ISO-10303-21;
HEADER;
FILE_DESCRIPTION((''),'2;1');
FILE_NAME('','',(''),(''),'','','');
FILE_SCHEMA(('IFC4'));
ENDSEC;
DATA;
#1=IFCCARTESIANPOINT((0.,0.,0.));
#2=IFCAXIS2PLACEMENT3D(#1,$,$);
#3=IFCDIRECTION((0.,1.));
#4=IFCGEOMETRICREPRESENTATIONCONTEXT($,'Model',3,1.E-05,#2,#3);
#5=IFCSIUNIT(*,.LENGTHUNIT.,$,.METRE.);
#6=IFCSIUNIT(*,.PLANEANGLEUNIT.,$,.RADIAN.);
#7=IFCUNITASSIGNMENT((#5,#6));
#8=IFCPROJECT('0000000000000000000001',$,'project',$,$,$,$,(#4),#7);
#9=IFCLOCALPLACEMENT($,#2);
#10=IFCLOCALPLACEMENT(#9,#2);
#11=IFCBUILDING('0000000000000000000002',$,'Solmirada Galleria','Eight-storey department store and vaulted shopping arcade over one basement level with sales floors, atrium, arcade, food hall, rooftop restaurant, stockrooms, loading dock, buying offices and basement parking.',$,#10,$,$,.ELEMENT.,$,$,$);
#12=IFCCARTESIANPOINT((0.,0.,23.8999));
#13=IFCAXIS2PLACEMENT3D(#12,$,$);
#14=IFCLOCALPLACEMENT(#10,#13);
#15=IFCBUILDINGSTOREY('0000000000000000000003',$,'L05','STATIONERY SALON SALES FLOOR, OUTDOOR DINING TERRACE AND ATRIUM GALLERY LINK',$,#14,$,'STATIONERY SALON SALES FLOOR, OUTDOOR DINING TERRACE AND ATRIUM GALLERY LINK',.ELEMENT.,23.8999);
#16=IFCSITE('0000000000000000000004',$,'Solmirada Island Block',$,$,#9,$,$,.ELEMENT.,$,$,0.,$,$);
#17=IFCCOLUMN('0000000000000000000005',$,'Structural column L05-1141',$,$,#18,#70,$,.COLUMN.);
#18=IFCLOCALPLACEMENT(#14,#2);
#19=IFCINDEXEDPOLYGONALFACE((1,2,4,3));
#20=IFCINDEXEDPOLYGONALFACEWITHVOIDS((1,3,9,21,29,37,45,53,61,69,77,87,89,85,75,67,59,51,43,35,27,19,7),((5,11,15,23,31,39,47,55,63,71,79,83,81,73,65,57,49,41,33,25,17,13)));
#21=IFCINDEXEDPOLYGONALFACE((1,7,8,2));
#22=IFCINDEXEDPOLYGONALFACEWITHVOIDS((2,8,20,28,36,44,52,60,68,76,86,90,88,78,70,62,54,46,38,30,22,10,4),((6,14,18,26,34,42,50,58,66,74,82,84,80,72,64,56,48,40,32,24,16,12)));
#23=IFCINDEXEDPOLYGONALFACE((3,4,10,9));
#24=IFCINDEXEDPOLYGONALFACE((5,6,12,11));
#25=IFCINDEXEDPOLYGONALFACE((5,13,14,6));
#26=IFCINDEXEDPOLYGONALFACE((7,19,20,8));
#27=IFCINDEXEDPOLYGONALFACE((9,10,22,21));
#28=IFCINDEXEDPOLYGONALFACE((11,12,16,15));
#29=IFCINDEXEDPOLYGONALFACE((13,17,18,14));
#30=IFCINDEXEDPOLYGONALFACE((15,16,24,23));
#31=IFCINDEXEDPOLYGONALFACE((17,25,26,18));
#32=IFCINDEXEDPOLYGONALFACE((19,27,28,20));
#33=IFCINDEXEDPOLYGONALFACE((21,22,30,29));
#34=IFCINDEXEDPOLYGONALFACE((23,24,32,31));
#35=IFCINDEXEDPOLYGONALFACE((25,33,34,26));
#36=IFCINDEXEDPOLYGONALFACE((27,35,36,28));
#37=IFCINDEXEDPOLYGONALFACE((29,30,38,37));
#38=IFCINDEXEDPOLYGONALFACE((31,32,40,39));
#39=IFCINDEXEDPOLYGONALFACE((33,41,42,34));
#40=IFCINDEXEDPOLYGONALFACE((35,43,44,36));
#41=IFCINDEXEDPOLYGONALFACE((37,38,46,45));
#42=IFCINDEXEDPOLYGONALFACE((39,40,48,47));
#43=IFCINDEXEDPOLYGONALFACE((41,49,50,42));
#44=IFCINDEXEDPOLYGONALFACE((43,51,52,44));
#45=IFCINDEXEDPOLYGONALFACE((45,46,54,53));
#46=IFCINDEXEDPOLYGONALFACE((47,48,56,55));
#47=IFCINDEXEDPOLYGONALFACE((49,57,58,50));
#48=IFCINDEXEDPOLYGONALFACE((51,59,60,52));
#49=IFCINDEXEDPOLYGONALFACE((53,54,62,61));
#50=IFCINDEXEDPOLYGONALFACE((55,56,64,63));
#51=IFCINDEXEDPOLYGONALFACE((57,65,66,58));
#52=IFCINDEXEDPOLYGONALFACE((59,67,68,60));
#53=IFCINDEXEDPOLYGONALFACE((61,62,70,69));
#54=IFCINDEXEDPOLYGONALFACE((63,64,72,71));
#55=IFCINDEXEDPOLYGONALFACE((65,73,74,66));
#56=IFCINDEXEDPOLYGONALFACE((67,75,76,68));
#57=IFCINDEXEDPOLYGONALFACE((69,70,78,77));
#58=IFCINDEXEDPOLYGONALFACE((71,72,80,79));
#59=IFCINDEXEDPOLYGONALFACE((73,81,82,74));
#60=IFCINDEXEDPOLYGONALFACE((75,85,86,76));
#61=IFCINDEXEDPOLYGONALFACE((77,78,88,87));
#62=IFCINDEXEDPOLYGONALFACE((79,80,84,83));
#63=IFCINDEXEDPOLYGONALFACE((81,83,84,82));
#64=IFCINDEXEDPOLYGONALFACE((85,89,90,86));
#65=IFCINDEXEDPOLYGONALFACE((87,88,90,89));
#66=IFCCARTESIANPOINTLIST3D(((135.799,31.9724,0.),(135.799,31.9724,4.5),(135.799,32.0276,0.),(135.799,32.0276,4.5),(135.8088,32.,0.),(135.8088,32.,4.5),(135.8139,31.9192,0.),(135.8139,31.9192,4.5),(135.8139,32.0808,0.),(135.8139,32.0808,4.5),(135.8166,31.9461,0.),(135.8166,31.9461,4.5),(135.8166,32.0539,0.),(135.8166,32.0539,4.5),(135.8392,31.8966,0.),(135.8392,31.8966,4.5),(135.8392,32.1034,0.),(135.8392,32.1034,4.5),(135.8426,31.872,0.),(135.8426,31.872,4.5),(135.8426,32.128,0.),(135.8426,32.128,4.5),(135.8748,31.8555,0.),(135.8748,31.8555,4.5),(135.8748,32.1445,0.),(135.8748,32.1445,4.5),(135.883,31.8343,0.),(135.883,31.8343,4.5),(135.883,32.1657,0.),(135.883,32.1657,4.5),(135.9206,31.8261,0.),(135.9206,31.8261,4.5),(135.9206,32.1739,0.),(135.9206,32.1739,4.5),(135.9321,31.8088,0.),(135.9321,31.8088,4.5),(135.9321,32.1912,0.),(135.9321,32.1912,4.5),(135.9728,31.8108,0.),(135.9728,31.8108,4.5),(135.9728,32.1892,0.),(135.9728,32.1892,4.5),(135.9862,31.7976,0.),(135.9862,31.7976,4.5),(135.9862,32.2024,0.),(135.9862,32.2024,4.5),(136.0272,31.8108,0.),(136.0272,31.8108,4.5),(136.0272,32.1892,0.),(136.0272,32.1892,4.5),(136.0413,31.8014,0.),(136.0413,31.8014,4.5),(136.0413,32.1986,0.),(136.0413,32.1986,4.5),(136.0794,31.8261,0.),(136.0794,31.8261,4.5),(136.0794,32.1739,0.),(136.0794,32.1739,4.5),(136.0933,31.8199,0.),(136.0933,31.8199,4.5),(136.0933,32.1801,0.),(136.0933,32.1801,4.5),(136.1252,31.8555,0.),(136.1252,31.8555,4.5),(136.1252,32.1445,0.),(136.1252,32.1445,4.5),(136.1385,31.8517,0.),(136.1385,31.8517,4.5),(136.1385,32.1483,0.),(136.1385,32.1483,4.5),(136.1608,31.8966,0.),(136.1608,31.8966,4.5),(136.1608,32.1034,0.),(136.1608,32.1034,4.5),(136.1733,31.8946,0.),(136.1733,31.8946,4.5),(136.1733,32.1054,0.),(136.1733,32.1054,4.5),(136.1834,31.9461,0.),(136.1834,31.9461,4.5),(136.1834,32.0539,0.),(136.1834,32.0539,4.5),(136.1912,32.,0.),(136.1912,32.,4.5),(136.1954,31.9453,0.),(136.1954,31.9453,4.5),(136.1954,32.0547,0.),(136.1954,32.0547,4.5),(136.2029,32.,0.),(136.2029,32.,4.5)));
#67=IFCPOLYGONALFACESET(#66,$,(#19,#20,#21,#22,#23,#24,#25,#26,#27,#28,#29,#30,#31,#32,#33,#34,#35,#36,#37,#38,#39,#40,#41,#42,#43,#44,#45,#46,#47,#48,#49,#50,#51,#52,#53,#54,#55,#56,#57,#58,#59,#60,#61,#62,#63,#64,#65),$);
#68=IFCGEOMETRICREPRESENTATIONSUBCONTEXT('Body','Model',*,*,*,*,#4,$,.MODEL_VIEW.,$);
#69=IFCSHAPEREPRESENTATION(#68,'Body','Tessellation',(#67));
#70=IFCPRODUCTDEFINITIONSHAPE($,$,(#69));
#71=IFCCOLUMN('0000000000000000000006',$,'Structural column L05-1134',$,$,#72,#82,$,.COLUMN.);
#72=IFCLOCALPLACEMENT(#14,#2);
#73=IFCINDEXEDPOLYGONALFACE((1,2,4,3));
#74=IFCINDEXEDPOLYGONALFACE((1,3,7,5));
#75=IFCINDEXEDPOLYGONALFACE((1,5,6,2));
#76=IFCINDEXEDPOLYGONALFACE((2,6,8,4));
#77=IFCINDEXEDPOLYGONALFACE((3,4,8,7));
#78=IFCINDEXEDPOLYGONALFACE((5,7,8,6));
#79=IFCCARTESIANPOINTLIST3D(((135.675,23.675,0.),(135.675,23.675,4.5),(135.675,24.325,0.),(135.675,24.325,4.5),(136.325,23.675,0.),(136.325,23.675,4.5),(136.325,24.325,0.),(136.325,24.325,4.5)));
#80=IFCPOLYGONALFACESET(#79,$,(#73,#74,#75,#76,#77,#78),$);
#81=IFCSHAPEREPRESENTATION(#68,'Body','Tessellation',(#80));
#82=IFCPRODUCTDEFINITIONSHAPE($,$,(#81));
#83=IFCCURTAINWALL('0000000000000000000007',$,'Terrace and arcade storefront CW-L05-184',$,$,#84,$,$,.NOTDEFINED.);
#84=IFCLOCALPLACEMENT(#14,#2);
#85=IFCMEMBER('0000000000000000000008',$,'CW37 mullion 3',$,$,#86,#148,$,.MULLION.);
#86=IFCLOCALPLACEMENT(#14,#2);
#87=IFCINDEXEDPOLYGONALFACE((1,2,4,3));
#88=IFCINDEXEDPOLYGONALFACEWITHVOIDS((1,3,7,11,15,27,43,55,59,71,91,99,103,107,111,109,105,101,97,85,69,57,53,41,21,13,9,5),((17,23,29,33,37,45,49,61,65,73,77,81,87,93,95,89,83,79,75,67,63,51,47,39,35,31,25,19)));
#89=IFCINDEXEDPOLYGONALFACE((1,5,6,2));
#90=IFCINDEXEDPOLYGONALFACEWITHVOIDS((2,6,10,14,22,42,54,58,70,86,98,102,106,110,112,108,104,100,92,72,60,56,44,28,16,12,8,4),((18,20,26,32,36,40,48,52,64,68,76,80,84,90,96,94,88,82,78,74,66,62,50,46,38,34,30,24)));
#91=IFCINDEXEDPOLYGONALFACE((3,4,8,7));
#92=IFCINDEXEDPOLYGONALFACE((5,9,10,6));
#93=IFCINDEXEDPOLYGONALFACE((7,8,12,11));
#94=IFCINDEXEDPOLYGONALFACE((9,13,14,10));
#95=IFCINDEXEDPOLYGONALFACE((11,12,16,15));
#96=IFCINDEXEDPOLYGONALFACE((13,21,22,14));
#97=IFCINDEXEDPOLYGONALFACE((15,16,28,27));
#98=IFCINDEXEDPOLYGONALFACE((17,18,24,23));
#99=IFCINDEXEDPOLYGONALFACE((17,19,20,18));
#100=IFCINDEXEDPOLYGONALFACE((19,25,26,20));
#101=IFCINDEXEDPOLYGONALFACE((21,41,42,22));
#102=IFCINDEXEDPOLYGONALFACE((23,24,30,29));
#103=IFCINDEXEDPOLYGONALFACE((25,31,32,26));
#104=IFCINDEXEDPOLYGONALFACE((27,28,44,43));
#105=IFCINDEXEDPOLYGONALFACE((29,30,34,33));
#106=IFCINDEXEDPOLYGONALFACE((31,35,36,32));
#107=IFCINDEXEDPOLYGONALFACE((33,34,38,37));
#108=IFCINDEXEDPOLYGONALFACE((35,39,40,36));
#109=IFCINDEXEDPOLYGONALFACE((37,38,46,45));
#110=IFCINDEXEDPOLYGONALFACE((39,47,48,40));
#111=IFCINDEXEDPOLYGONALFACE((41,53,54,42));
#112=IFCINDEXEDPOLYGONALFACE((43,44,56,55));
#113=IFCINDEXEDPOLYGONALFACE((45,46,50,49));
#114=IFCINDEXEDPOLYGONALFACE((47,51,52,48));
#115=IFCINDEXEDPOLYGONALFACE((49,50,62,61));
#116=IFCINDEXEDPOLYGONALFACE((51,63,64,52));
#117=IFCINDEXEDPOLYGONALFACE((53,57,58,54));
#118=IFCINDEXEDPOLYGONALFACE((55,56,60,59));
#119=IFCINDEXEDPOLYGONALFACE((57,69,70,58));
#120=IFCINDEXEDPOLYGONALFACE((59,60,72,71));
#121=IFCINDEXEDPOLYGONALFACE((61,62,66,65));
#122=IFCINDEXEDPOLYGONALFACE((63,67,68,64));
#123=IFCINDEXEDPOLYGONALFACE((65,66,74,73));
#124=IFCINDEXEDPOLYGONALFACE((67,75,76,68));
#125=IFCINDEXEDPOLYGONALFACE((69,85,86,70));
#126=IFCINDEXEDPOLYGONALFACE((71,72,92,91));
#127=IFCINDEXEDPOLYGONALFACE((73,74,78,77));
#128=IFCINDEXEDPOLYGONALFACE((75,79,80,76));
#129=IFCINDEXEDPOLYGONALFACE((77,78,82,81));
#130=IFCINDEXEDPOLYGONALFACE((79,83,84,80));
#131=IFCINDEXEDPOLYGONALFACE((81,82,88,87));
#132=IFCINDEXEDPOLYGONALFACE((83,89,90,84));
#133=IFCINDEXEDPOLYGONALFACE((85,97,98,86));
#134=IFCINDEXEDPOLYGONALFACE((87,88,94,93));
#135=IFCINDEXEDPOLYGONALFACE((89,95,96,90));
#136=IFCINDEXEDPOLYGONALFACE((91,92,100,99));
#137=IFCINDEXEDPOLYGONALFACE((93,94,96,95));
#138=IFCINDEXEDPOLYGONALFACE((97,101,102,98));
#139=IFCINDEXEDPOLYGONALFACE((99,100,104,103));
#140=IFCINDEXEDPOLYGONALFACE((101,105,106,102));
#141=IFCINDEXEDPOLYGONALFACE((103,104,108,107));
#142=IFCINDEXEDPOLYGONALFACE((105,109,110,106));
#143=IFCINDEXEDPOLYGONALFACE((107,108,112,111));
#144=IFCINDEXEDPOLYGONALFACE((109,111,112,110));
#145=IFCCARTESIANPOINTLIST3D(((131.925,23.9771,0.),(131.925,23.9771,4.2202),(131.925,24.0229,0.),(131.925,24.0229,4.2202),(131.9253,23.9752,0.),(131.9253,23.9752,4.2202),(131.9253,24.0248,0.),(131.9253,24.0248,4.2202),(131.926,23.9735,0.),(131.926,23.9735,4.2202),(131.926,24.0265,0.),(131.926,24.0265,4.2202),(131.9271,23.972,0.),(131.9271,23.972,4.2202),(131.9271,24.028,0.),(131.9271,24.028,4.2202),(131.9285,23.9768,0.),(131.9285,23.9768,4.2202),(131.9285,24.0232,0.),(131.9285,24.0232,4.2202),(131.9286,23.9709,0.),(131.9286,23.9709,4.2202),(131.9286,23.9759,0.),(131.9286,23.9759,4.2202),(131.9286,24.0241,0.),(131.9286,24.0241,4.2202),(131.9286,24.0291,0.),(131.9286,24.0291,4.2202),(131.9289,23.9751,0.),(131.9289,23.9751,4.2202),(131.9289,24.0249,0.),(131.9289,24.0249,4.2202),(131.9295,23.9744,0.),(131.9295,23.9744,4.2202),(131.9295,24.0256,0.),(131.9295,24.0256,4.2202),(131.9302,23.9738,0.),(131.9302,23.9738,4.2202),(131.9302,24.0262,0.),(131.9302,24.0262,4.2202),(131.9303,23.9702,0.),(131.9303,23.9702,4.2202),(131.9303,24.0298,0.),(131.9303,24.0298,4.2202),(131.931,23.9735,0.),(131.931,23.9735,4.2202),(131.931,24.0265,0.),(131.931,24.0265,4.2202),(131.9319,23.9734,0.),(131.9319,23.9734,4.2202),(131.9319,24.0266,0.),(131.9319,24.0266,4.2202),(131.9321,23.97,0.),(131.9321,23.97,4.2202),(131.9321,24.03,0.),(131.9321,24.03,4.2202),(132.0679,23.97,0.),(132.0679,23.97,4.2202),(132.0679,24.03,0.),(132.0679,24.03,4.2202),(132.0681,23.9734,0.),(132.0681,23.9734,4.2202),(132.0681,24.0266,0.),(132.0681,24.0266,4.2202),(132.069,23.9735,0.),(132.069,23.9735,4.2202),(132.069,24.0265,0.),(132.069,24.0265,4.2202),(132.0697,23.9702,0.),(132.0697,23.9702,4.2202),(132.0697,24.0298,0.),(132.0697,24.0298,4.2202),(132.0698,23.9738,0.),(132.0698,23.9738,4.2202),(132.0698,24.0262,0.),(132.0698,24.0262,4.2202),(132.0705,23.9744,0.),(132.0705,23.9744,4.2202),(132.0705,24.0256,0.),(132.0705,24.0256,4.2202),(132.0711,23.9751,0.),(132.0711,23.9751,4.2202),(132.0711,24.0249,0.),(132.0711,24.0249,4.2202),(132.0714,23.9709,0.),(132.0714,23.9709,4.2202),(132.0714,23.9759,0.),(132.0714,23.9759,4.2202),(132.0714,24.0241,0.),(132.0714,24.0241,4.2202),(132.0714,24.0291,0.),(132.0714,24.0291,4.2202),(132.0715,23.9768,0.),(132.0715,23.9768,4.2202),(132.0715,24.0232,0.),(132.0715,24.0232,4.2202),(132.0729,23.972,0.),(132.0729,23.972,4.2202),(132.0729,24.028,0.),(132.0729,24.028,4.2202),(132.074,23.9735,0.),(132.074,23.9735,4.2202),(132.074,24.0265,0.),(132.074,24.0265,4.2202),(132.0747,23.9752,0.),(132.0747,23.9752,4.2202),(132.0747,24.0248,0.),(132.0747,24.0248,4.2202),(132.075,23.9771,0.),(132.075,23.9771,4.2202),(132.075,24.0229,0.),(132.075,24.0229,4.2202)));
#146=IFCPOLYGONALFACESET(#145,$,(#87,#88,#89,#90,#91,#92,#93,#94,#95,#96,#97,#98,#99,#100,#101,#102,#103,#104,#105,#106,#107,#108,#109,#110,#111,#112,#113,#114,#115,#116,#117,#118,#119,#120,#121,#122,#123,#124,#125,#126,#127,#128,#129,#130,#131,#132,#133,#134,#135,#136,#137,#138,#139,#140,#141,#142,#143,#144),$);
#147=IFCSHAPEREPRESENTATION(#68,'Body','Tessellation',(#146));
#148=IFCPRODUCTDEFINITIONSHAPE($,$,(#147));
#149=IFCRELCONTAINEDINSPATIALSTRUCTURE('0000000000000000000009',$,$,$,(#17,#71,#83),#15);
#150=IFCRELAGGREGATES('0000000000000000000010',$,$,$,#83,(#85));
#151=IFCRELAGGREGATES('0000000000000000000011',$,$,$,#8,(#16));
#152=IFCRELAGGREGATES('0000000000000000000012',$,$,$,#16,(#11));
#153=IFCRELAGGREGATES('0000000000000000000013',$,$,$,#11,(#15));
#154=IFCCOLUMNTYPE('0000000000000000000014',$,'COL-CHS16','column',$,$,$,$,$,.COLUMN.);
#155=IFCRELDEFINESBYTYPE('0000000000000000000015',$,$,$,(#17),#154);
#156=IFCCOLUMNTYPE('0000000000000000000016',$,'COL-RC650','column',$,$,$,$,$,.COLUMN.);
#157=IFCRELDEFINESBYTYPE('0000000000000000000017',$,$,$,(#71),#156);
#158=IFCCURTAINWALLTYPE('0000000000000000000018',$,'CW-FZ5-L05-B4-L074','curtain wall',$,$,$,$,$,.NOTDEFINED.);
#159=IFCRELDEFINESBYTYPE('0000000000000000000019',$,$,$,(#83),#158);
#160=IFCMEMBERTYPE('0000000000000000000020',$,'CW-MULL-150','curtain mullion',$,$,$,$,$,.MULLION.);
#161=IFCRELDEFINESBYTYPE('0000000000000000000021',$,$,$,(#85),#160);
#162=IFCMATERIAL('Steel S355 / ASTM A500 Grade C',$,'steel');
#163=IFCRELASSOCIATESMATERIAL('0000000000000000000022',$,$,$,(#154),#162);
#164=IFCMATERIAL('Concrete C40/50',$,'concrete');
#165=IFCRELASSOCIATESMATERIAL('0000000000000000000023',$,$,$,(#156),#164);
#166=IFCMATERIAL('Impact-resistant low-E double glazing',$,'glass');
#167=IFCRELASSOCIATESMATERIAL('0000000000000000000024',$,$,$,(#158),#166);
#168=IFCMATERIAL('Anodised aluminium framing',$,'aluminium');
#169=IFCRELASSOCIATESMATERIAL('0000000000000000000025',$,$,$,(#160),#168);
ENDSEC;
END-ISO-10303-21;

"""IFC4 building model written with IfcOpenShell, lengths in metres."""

from ifc_helpers import new_model, si_unit, direction, frame, origin, origin_2d, place, context, subcontext, project, spatial, rectangle, hollow_rectangle, hollow_circle, extrude, material, material_profile, profile_set, type_object, element, aggregate, save


model = new_model("IFC4")

# Units and contexts
model_context = context("Model", 3, precision=1e-05, world=origin(), true_north=direction((0.0, 1.0)))
body_context = subcontext(model_context, "Body", "Model", "MODEL_VIEW")
ifc_project = project(units=[si_unit("LENGTHUNIT", "METRE"), si_unit("PLANEANGLEUNIT", "RADIAN")], contexts=[model_context])

# Site, building, storey
site_placement = place(None, origin())
site = spatial("IfcSite", under=ifc_project, at=site_placement, Name="Solmirada Island Block", CompositionType="ELEMENT", RefElevation=0.0)
building_placement = place(site_placement, origin())
building = spatial("IfcBuilding", under=site, at=building_placement, Name="Solmirada Galleria", Description="Eight-storey department store and vaulted shopping arcade over one basement level with sales floors, atrium, arcade, food hall, rooftop restaurant, stockrooms, loading dock, buying offices and basement parking.", CompositionType="ELEMENT")
storey_placement = place(building_placement, frame((0.0, 0.0, 23.8999)))
storey = spatial("IfcBuildingStorey", under=building, at=storey_placement, Name="L05", Description="STATIONERY SALON SALES FLOOR, OUTDOOR DINING TERRACE AND ATRIUM GALLERY LINK", LongName="STATIONERY SALON SALES FLOOR, OUTDOOR DINING TERRACE AND ATRIUM GALLERY LINK", CompositionType="ELEMENT", Elevation=23.8999)

# Columns
ifc_material_1 = material(Name="Steel S355 / ASTM A500 Grade C", Category="steel")
ifc_material_profile_1 = material_profile(ifc_material_1, hollow_circle(Radius=0.2029, WallThickness=0.0117, at=origin_2d()), Name="HSS16.000X0.500")
ifc_profile_set_1 = profile_set([ifc_material_profile_1], Name="Steel S355 / ASTM A500 Grade C")
column_type_1 = type_object("IfcColumnType", Name="COL-CHS16", Description="column", PredefinedType="COLUMN", material=ifc_profile_set_1)
column_1_placement = place(storey_placement, frame((136.0, 32.0, 0.0), z_axis=(0.0, 0.0, 1.0), x_axis=(1.0, 0.0, 0.0)))
element("IfcColumn", 1, at=column_1_placement, inside=storey, type_object=column_type_1, Name="Structural column L05-1141", PredefinedType="COLUMN", context=body_context, shape_type="SweptSolid", body=[
    extrude(hollow_circle(Radius=0.2029, WallThickness=0.0117, at=origin_2d()), origin(), (0.0, 0.0, 1.0), 4.5),
])
ifc_material_2 = material(Name="Concrete C40/50", Category="concrete")
ifc_material_profile_2 = material_profile(ifc_material_2, rectangle(XDim=0.6499, YDim=0.6499, at=origin_2d()), Name="RC650X650")
ifc_profile_set_2 = profile_set([ifc_material_profile_2], Name="Concrete C40/50")
column_type_2 = type_object("IfcColumnType", Name="COL-RC650", Description="column", PredefinedType="COLUMN", material=ifc_profile_set_2)
column_2_placement = place(storey_placement, frame((136.0, 24.0, 0.0), z_axis=(0.0, 0.0, 1.0), x_axis=(1.0, 0.0, 0.0)))
element("IfcColumn", 2, at=column_2_placement, inside=storey, type_object=column_type_2, Name="Structural column L05-1134", PredefinedType="COLUMN", context=body_context, shape_type="SweptSolid", body=[
    extrude(rectangle(XDim=0.6499, YDim=0.6499, at=origin_2d()), origin(), (0.0, 0.0, 1.0), 4.5),
])

# Curtain wall, member
ifc_material_3 = material(Name="Impact-resistant low-E double glazing", Category="glass")
curtain_wall_type = type_object("IfcCurtainWallType", Name="CW-FZ5-L05-B4-L074", Description="curtain wall", PredefinedType="NOTDEFINED", material=ifc_material_3)
curtain_wall_placement = place(storey_placement, origin())
curtain_wall = element("IfcCurtainWall", 3, at=curtain_wall_placement, inside=storey, type_object=curtain_wall_type, Name="Terrace and arcade storefront CW-L05-184", PredefinedType="NOTDEFINED")
ifc_material_4 = material(Name="Anodised aluminium framing", Category="aluminium")
ifc_material_profile_3 = material_profile(ifc_material_4, hollow_rectangle(XDim=0.0601, YDim=0.1499, WallThickness=0.0034, InnerFilletRadius=0.0034, OuterFilletRadius=0.0071, at=origin_2d()), Name="ALU-MULL-150X60")
ifc_profile_set_3 = profile_set([ifc_material_profile_3], Name="Anodised aluminium framing")
member_type_1 = type_object("IfcMemberType", Name="CW-MULL-150", Description="curtain mullion", PredefinedType="MULLION", material=ifc_profile_set_3)
member_1_placement = place(storey_placement, frame((132.0, 24.0, 0.0), z_axis=(0.0, 0.0, 1.0), x_axis=(0.0, 1.0, 0.0)))
member_1 = element("IfcMember", 4, at=member_1_placement, type_object=member_type_1, Name="CW37 mullion 3", PredefinedType="MULLION", context=body_context, shape_type="SweptSolid", body=[
    extrude(hollow_rectangle(XDim=0.0601, YDim=0.1499, WallThickness=0.0034, InnerFilletRadius=0.0034, OuterFilletRadius=0.0071, at=origin_2d()), origin(), (0.0, 0.0, 1.0), 4.2202),
])
aggregate(curtain_wall, [member_1])

save(model, "model.ifc")
